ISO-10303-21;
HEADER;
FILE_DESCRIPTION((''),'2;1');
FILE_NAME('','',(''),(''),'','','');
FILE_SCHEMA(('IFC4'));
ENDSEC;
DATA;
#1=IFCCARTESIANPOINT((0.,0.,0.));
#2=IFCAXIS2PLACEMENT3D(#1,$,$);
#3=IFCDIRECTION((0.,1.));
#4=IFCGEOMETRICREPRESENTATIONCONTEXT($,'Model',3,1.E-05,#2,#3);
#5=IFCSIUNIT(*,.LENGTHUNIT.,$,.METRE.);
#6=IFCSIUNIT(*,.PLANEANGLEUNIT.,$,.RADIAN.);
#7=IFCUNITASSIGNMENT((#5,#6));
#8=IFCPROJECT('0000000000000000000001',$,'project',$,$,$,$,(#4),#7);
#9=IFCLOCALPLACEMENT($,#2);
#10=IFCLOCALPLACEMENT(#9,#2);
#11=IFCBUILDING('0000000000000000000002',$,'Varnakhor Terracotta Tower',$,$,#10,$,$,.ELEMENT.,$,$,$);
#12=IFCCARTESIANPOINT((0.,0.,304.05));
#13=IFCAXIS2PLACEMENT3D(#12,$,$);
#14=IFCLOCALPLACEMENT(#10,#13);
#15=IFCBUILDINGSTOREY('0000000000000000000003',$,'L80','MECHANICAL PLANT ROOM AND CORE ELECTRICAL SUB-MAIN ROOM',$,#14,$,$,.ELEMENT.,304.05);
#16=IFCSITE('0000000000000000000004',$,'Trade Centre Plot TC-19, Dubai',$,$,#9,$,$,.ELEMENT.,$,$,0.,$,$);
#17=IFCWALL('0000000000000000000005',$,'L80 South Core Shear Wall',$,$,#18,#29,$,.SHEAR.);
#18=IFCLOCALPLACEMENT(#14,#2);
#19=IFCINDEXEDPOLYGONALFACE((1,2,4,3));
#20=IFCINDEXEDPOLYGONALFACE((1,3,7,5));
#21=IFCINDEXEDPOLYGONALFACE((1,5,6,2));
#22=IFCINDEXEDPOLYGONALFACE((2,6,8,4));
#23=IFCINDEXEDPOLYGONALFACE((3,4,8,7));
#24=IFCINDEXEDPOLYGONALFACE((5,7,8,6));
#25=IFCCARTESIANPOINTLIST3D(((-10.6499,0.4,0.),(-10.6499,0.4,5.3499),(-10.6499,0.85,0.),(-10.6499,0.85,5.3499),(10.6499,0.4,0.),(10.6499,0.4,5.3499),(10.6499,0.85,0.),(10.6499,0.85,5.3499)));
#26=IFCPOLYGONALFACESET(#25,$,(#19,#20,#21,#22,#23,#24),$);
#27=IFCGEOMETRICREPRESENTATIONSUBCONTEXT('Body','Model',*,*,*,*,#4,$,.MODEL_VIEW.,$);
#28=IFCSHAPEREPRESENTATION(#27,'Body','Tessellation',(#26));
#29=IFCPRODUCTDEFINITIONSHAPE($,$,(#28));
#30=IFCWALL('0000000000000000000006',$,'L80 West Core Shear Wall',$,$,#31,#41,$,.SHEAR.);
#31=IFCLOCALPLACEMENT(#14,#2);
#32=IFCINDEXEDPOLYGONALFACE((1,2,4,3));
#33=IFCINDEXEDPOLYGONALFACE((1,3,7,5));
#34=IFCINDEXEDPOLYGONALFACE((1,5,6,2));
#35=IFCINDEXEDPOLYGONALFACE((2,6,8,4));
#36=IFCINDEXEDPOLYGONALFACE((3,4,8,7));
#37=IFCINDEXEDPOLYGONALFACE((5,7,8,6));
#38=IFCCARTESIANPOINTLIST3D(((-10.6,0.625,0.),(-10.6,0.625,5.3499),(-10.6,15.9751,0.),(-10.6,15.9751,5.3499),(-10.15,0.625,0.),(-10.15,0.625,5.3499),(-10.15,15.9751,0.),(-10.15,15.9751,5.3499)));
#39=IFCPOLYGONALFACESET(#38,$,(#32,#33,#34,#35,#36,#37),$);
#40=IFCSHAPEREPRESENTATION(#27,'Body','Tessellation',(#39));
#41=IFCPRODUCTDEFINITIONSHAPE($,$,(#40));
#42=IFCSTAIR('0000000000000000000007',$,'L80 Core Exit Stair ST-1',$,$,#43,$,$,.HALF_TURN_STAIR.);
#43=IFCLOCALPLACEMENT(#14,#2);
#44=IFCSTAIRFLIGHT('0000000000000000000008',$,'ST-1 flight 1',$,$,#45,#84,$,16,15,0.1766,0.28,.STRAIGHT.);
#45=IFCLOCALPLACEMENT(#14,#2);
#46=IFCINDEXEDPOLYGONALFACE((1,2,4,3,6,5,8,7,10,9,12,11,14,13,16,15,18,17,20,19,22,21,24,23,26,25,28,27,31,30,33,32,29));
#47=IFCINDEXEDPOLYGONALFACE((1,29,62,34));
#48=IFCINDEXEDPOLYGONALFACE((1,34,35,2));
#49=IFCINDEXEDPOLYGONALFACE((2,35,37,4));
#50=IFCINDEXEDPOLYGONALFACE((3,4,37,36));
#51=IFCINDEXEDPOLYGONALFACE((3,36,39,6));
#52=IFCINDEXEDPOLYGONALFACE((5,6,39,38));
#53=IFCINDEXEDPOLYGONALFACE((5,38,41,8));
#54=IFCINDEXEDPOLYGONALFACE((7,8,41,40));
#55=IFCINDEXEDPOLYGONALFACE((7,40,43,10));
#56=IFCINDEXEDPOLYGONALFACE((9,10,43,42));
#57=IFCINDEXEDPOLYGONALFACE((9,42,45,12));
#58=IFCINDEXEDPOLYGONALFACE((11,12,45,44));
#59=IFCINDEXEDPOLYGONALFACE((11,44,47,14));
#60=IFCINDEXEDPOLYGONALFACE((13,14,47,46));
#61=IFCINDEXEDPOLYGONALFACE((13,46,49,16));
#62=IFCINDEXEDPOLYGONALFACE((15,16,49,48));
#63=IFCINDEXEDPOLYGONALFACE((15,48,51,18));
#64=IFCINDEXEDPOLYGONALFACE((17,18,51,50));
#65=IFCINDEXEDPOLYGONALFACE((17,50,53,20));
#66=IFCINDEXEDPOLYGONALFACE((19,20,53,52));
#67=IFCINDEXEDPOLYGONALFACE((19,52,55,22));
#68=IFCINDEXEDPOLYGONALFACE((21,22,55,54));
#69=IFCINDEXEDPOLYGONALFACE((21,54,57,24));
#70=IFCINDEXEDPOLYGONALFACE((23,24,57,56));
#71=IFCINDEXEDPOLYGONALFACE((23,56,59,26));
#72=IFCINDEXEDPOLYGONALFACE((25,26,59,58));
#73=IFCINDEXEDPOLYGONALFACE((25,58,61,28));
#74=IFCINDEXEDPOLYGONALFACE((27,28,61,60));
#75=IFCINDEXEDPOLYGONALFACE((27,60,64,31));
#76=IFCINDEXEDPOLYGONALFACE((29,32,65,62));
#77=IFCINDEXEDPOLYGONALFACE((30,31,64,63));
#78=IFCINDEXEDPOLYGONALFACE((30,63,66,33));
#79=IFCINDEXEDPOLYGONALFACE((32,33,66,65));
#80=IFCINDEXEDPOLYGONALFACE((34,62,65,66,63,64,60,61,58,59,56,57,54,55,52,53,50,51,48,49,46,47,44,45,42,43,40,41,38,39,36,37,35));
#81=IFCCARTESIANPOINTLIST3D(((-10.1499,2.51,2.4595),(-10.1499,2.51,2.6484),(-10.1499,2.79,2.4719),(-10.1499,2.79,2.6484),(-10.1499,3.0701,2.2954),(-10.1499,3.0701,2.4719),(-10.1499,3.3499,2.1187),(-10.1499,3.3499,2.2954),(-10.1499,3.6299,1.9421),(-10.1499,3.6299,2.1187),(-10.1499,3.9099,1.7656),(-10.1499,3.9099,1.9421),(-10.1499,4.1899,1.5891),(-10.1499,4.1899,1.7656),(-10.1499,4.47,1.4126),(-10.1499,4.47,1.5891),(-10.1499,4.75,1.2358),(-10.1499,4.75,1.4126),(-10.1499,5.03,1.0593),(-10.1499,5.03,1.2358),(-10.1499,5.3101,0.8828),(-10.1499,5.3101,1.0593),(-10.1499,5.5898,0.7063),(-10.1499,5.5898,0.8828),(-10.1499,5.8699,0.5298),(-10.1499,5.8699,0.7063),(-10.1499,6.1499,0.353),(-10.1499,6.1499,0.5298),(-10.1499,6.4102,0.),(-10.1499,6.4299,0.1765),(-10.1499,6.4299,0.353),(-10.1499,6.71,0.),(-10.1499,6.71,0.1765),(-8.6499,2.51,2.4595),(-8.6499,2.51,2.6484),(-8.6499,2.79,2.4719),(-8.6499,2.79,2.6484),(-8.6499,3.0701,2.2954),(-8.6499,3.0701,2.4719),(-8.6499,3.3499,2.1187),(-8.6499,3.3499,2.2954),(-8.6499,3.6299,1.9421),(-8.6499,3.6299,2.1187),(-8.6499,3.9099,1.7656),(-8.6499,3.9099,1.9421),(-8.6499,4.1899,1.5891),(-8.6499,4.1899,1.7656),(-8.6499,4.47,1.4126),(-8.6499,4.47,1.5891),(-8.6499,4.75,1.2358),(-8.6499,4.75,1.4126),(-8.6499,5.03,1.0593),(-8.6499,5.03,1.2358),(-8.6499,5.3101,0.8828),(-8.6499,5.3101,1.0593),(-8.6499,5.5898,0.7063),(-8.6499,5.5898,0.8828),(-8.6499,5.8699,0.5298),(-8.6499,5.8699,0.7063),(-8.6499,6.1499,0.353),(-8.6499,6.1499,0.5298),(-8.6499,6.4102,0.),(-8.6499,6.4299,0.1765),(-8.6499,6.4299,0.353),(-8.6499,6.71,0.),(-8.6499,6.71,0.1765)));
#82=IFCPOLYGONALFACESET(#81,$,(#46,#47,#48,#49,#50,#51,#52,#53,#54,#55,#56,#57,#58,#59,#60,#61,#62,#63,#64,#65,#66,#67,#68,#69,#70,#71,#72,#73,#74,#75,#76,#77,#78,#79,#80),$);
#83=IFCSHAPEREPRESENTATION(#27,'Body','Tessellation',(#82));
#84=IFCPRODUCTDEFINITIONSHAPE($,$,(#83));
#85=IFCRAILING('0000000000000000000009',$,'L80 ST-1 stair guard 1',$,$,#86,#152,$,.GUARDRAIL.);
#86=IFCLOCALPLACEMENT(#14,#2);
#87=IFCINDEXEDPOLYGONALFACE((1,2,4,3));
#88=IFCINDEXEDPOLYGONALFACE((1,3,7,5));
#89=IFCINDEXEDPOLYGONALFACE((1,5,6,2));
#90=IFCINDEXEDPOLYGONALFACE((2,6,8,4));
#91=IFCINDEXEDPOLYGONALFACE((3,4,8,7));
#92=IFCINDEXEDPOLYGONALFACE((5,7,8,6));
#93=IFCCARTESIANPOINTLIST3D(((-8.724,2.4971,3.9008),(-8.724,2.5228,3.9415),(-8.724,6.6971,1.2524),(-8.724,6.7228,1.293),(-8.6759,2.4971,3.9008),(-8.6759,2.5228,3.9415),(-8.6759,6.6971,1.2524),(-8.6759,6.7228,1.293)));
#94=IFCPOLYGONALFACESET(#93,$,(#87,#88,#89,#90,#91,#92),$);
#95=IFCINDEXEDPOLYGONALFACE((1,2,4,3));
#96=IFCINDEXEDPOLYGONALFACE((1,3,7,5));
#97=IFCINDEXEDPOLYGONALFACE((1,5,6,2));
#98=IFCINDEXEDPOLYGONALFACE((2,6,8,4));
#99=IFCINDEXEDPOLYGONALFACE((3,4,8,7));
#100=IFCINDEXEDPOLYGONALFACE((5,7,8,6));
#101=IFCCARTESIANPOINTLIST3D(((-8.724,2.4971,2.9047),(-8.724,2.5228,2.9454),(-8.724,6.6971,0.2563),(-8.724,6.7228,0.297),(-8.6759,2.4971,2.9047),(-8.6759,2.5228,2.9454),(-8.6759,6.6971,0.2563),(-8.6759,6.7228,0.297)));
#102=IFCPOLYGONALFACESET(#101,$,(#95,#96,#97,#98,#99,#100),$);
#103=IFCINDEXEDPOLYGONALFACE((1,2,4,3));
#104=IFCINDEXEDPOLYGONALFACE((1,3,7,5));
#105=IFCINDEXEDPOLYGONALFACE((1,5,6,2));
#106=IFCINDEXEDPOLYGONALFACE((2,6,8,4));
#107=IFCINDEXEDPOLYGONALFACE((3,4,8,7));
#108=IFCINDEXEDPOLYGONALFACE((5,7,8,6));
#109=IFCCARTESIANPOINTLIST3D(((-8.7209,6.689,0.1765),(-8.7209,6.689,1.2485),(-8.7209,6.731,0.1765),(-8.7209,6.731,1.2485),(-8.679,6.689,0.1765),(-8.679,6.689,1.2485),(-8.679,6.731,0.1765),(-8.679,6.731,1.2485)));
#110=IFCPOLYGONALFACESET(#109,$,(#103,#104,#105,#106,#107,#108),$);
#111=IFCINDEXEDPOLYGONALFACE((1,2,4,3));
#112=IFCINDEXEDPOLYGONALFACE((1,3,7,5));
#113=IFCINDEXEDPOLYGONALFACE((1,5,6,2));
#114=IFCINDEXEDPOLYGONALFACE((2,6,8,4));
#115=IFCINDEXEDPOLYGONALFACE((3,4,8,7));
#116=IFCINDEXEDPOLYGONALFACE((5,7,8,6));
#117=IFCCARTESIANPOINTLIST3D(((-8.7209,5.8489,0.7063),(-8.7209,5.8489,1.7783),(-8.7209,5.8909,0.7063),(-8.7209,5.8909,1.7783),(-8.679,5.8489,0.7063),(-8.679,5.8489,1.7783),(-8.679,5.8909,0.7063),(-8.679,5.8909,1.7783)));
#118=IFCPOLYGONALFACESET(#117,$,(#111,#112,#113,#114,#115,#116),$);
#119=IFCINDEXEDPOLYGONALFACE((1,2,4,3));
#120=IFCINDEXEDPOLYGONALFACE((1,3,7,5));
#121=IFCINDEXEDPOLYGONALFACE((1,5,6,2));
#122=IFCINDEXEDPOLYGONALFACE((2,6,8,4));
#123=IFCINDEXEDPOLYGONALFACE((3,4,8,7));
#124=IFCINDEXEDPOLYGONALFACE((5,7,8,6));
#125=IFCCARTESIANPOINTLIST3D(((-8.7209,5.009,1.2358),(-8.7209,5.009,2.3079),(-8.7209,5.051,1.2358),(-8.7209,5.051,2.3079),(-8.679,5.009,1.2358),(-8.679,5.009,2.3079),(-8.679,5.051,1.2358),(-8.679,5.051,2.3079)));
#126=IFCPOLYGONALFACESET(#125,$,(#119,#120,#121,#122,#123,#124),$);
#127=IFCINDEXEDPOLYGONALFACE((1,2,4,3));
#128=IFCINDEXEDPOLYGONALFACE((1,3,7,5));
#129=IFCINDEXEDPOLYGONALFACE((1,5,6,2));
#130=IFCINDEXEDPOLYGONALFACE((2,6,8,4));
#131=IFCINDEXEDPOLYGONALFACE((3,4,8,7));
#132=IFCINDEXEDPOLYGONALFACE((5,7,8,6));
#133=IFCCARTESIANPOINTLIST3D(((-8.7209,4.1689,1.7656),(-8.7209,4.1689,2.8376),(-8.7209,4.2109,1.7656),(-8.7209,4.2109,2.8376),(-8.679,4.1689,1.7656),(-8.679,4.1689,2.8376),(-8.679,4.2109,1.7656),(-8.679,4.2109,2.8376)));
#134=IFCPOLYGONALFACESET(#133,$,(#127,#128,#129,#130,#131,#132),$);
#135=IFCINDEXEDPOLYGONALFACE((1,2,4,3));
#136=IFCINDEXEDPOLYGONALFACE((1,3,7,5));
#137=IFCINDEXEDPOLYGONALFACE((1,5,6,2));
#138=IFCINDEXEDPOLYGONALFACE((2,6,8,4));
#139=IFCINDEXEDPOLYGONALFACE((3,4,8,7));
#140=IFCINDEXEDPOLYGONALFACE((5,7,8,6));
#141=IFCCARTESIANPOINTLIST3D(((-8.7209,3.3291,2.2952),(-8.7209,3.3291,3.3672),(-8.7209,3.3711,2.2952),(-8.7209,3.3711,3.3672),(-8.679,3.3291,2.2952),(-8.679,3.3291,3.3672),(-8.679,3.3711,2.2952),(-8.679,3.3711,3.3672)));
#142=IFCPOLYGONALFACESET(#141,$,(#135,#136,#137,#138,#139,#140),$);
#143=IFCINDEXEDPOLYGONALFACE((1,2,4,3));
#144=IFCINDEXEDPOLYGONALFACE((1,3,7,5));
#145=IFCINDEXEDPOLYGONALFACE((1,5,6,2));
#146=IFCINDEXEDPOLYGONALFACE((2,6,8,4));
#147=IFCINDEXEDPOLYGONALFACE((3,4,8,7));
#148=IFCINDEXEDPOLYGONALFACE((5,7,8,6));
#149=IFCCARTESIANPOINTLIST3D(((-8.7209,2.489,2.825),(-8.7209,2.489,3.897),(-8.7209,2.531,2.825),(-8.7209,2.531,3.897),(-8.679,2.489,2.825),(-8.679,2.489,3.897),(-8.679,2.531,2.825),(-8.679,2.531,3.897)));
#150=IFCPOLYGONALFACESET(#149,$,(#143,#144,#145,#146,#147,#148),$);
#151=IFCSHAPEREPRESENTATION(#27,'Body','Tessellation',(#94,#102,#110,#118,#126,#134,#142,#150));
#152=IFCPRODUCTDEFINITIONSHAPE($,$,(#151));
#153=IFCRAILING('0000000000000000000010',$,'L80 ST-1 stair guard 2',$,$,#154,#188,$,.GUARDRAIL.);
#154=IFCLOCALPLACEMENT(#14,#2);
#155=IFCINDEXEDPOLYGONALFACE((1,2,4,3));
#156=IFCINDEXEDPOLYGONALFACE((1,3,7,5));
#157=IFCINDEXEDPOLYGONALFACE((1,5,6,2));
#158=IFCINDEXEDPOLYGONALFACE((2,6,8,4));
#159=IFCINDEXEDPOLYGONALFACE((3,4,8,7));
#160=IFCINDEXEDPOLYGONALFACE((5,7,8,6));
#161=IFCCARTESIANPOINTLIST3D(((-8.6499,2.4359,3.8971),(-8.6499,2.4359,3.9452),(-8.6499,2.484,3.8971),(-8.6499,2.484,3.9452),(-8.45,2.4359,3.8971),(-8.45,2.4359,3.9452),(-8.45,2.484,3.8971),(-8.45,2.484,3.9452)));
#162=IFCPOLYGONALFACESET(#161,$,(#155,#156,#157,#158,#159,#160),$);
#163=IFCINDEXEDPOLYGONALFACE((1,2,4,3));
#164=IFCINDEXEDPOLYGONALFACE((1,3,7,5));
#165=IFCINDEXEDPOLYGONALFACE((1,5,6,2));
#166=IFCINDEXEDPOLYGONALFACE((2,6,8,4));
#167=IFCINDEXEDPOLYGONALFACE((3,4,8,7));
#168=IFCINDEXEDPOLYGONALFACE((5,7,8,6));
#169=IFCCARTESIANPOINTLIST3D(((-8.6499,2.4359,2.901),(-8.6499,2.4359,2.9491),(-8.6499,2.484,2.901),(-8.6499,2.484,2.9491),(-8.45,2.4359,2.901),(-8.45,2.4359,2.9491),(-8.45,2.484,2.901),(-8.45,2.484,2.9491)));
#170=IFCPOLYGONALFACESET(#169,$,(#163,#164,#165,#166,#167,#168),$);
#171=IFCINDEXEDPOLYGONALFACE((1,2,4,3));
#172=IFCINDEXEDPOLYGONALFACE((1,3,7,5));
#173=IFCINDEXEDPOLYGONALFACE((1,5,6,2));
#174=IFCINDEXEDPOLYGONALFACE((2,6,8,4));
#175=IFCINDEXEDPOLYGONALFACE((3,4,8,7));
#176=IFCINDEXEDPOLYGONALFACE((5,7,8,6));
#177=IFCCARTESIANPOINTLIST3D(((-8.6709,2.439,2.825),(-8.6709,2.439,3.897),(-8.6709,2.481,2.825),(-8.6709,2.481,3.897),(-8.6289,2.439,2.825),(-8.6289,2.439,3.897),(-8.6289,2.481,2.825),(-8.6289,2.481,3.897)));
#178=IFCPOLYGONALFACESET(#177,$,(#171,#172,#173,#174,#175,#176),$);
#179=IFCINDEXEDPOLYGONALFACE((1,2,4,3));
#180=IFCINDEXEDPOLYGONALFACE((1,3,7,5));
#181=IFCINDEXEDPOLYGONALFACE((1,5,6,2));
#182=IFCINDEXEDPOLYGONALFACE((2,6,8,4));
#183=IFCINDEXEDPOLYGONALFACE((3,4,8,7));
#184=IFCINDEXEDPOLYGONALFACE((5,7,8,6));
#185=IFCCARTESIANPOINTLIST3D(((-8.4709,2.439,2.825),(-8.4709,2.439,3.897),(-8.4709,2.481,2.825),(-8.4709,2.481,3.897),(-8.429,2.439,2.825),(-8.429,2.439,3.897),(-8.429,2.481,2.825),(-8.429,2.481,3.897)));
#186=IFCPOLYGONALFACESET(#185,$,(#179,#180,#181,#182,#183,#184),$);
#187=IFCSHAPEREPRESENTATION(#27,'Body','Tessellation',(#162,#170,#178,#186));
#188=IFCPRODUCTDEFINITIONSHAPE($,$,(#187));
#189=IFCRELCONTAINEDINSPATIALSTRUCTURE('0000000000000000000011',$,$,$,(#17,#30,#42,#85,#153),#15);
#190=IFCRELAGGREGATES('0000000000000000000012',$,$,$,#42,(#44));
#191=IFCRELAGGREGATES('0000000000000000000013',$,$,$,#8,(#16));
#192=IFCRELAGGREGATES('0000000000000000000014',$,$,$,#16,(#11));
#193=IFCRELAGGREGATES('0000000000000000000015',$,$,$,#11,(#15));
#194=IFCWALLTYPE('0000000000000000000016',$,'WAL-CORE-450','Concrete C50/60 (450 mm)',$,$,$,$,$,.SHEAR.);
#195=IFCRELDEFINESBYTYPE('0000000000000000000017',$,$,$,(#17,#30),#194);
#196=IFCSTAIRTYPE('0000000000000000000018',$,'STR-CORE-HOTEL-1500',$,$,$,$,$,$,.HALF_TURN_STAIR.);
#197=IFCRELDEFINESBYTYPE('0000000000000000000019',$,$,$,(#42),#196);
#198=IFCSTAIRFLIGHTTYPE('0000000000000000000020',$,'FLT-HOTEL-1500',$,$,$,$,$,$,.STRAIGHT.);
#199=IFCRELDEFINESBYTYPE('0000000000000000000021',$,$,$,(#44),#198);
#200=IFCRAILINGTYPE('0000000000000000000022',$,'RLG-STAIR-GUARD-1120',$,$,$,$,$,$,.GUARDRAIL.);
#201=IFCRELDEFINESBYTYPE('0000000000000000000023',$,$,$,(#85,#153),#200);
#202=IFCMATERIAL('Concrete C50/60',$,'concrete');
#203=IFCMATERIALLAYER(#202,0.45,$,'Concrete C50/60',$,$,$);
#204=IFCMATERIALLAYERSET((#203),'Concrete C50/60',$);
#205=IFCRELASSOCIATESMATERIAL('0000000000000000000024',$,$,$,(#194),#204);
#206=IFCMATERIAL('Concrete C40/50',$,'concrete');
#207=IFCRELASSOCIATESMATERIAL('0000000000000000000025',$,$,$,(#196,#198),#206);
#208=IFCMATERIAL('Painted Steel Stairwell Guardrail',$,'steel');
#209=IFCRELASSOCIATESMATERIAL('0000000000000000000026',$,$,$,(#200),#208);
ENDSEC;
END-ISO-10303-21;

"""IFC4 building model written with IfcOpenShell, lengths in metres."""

from ifc_helpers import new_model, si_unit, direction, frame, frame_2d, origin, origin_2d, place, context, subcontext, project, spatial, polyline, rectangle, outline, extrude, material, layer, layer_set, type_object, element, aggregate, save


model = new_model("IFC4")

# Units and contexts
model_context = context("Model", 3, precision=1e-05, world=origin(), true_north=direction((0.0, 1.0)))
body_context = subcontext(model_context, "Body", "Model", "MODEL_VIEW")
ifc_project = project(units=[si_unit("LENGTHUNIT", "METRE"), si_unit("PLANEANGLEUNIT", "RADIAN")], contexts=[model_context])

# Site, building, storey
site_placement = place(None, origin())
site = spatial("IfcSite", under=ifc_project, at=site_placement, Name="Trade Centre Plot TC-19, Dubai", CompositionType="ELEMENT", RefElevation=0.0)
building_placement = place(site_placement, origin())
building = spatial("IfcBuilding", under=site, at=building_placement, Name="Varnakhor Terracotta Tower", CompositionType="ELEMENT")
storey_placement = place(building_placement, frame((0.0, 0.0, 304.05)))
storey = spatial("IfcBuildingStorey", under=building, at=storey_placement, Name="L80", Description="MECHANICAL PLANT ROOM AND CORE ELECTRICAL SUB-MAIN ROOM", CompositionType="ELEMENT", Elevation=304.05)

# Shared definitions
ifc_material_1 = material(Name="Concrete C50/60", Category="concrete")

# Walls
ifc_layer_1 = layer(ifc_material_1, 0.45, Name="Concrete C50/60")
ifc_layer_set_1 = layer_set([ifc_layer_1], Name="Concrete C50/60")
wall_type = type_object("IfcWallType", Name="WAL-CORE-450", Description="Concrete C50/60 (450 mm)", PredefinedType="SHEAR", material=ifc_layer_set_1)
wall_1_placement = place(storey_placement, frame((-10.6499, 0.625, 0.0), z_axis=(0.0, 0.0, 1.0), x_axis=(1.0, 0.0, 0.0)))
element("IfcWall", 1, at=wall_1_placement, inside=storey, type_object=wall_type, Name="L80 South Core Shear Wall", PredefinedType="SHEAR", context=body_context, shape_type="SweptSolid", body=[
    extrude(rectangle(XDim=21.2998, YDim=0.45, at=frame_2d((10.6499, 0.0))), origin(), (0.0, 0.0, 1.0), 5.3499),
])
wall_2_placement = place(storey_placement, frame((-10.375, 0.625, 0.0), z_axis=(0.0, 0.0, 1.0), x_axis=(0.0, 1.0, 0.0)))
element("IfcWall", 2, at=wall_2_placement, inside=storey, type_object=wall_type, Name="L80 West Core Shear Wall", PredefinedType="SHEAR", context=body_context, shape_type="SweptSolid", body=[
    extrude(rectangle(XDim=15.3501, YDim=0.45, at=frame_2d((7.675, 0.0))), origin(), (0.0, 0.0, 1.0), 5.3499),
])

# Stair, stair flight
ifc_material_2 = material(Name="Concrete C40/50", Category="concrete")
stair_type = type_object("IfcStairType", Name="STR-CORE-HOTEL-1500", PredefinedType="HALF_TURN_STAIR", material=ifc_material_2)
stair_placement = place(storey_placement, origin())
stair = element("IfcStair", 3, at=stair_placement, inside=storey, type_object=stair_type, Name="L80 Core Exit Stair ST-1", PredefinedType="HALF_TURN_STAIR")
stair_flight_type = type_object("IfcStairFlightType", Name="FLT-HOTEL-1500", PredefinedType="STRAIGHT", material=ifc_material_2)
stair_flight_placement = place(storey_placement, frame((-9.3999, 6.71, 0.0), z_axis=(0.0, 0.0, 1.0), x_axis=(0.0, -1.0, 0.0)))
stair_flight = element("IfcStairFlight", 4, at=stair_flight_placement, type_object=stair_flight_type, Name="ST-1 flight 1", NumberOfRisers=16, NumberOfTreads=15, PredefinedType="STRAIGHT", RiserHeight=0.1766, TreadLength=0.28, context=body_context, shape_type="SweptSolid", body=[
    extrude(outline(polyline([(0.0, 0.0), (0.0, 0.1765), (0.28, 0.1765), (0.28, 0.353), (0.5601, 0.353), (0.5601, 0.5298), (0.8401, 0.5298), (0.8401, 0.7063), (1.1201, 0.7063), (1.1201, 0.8828), (1.3999, 0.8828), (1.3999, 1.0593), (1.6799, 1.0593), (1.6799, 1.2358), (1.96, 1.2358), (1.96, 1.4126), (2.24, 1.4126), (2.24, 1.5891), (2.52, 1.5891), (2.52, 1.7656), (2.8, 1.7656), (2.8, 1.9421), (3.0801, 1.9421), (3.0801, 2.1187), (3.3601, 2.1187), (3.3601, 2.2954), (3.6399, 2.2954), (3.6399, 2.4719), (3.9199, 2.4719), (3.9199, 2.6484), (4.2, 2.6484), (4.2, 2.825), (4.2, 2.4595), (0.2998, 0.0), (0.0, 0.0)])), frame((0.0, 0.75, 0.0), z_axis=(0.0, -1.0, 0.0), x_axis=(1.0, 0.0, 0.0)), (0.0, 0.0, 1.0), 1.5),
])
aggregate(stair, [stair_flight])

# Railings
ifc_material_3 = material(Name="Painted Steel Stairwell Guardrail", Category="steel")
railing_type_1 = type_object("IfcRailingType", Name="RLG-STAIR-GUARD-1120", PredefinedType="GUARDRAIL", material=ifc_material_3)
railing_1_placement = place(storey_placement, frame((-8.7, 6.71, 0.1765)))
element("IfcRailing", 5, at=railing_1_placement, inside=storey, type_object=railing_type_1, Name="L80 ST-1 stair guard 1", PredefinedType="GUARDRAIL", context=body_context, shape_type="SweptSolid", body=[
    extrude(rectangle(XDim=0.0481, YDim=0.0481, at=origin_2d()), frame((0.0, 0.0, 1.0962), z_axis=(0.0, -0.845867, 0.533393), x_axis=(1.0, 0.0, 0.0)), (0.0, 0.0, 1.0), 4.9653),
    extrude(rectangle(XDim=0.0481, YDim=0.0481, at=origin_2d()), frame((0.0, 0.0, 0.1001), z_axis=(0.0, -0.845867, 0.533393), x_axis=(1.0, 0.0, 0.0)), (0.0, 0.0, 1.0), 4.9653),
    extrude(rectangle(XDim=0.042, YDim=0.042, at=origin_2d()), origin(), (0.0, 0.0, 1.0), 1.072),
    extrude(rectangle(XDim=0.042, YDim=0.042, at=origin_2d()), frame((0.0, -0.8401, 0.5298)), (0.0, 0.0, 1.0), 1.072),
    extrude(rectangle(XDim=0.042, YDim=0.042, at=origin_2d()), frame((0.0, -1.6799, 1.0593)), (0.0, 0.0, 1.0), 1.072),
    extrude(rectangle(XDim=0.042, YDim=0.042, at=origin_2d()), frame((0.0, -2.52, 1.5891)), (0.0, 0.0, 1.0), 1.072),
    extrude(rectangle(XDim=0.042, YDim=0.042, at=origin_2d()), frame((0.0, -3.3599, 2.1187)), (0.0, 0.0, 1.0), 1.072),
    extrude(rectangle(XDim=0.042, YDim=0.042, at=origin_2d()), frame((0.0, -4.2, 2.6484)), (0.0, 0.0, 1.0), 1.072),
])
for number, where, name in (
    (6, (-8.6499, 2.46, 2.825), "L80 ST-1 stair guard 2"),
):
    element("IfcRailing", number, at=place(storey_placement, frame(where)), inside=storey, type_object=railing_type_1, Name=name, PredefinedType="GUARDRAIL", context=body_context, shape_type="SweptSolid", body=[
        extrude(rectangle(XDim=0.0481, YDim=0.0481, at=origin_2d()), frame((0.0, 0.0, 1.0962), z_axis=(1.0, 0.0, 0.0), x_axis=(0.0, 1.0, 0.0)), (0.0, 0.0, 1.0), 0.2),
        extrude(rectangle(XDim=0.0481, YDim=0.0481, at=origin_2d()), frame((0.0, 0.0, 0.1001), z_axis=(1.0, 0.0, 0.0), x_axis=(0.0, 1.0, 0.0)), (0.0, 0.0, 1.0), 0.2),
        extrude(rectangle(XDim=0.042, YDim=0.042, at=origin_2d()), origin(), (0.0, 0.0, 1.0), 1.072),
        extrude(rectangle(XDim=0.042, YDim=0.042, at=origin_2d()), frame((0.2, 0.0, 0.0)), (0.0, 0.0, 1.0), 1.072),
    ])

save(model, "model.ifc")
